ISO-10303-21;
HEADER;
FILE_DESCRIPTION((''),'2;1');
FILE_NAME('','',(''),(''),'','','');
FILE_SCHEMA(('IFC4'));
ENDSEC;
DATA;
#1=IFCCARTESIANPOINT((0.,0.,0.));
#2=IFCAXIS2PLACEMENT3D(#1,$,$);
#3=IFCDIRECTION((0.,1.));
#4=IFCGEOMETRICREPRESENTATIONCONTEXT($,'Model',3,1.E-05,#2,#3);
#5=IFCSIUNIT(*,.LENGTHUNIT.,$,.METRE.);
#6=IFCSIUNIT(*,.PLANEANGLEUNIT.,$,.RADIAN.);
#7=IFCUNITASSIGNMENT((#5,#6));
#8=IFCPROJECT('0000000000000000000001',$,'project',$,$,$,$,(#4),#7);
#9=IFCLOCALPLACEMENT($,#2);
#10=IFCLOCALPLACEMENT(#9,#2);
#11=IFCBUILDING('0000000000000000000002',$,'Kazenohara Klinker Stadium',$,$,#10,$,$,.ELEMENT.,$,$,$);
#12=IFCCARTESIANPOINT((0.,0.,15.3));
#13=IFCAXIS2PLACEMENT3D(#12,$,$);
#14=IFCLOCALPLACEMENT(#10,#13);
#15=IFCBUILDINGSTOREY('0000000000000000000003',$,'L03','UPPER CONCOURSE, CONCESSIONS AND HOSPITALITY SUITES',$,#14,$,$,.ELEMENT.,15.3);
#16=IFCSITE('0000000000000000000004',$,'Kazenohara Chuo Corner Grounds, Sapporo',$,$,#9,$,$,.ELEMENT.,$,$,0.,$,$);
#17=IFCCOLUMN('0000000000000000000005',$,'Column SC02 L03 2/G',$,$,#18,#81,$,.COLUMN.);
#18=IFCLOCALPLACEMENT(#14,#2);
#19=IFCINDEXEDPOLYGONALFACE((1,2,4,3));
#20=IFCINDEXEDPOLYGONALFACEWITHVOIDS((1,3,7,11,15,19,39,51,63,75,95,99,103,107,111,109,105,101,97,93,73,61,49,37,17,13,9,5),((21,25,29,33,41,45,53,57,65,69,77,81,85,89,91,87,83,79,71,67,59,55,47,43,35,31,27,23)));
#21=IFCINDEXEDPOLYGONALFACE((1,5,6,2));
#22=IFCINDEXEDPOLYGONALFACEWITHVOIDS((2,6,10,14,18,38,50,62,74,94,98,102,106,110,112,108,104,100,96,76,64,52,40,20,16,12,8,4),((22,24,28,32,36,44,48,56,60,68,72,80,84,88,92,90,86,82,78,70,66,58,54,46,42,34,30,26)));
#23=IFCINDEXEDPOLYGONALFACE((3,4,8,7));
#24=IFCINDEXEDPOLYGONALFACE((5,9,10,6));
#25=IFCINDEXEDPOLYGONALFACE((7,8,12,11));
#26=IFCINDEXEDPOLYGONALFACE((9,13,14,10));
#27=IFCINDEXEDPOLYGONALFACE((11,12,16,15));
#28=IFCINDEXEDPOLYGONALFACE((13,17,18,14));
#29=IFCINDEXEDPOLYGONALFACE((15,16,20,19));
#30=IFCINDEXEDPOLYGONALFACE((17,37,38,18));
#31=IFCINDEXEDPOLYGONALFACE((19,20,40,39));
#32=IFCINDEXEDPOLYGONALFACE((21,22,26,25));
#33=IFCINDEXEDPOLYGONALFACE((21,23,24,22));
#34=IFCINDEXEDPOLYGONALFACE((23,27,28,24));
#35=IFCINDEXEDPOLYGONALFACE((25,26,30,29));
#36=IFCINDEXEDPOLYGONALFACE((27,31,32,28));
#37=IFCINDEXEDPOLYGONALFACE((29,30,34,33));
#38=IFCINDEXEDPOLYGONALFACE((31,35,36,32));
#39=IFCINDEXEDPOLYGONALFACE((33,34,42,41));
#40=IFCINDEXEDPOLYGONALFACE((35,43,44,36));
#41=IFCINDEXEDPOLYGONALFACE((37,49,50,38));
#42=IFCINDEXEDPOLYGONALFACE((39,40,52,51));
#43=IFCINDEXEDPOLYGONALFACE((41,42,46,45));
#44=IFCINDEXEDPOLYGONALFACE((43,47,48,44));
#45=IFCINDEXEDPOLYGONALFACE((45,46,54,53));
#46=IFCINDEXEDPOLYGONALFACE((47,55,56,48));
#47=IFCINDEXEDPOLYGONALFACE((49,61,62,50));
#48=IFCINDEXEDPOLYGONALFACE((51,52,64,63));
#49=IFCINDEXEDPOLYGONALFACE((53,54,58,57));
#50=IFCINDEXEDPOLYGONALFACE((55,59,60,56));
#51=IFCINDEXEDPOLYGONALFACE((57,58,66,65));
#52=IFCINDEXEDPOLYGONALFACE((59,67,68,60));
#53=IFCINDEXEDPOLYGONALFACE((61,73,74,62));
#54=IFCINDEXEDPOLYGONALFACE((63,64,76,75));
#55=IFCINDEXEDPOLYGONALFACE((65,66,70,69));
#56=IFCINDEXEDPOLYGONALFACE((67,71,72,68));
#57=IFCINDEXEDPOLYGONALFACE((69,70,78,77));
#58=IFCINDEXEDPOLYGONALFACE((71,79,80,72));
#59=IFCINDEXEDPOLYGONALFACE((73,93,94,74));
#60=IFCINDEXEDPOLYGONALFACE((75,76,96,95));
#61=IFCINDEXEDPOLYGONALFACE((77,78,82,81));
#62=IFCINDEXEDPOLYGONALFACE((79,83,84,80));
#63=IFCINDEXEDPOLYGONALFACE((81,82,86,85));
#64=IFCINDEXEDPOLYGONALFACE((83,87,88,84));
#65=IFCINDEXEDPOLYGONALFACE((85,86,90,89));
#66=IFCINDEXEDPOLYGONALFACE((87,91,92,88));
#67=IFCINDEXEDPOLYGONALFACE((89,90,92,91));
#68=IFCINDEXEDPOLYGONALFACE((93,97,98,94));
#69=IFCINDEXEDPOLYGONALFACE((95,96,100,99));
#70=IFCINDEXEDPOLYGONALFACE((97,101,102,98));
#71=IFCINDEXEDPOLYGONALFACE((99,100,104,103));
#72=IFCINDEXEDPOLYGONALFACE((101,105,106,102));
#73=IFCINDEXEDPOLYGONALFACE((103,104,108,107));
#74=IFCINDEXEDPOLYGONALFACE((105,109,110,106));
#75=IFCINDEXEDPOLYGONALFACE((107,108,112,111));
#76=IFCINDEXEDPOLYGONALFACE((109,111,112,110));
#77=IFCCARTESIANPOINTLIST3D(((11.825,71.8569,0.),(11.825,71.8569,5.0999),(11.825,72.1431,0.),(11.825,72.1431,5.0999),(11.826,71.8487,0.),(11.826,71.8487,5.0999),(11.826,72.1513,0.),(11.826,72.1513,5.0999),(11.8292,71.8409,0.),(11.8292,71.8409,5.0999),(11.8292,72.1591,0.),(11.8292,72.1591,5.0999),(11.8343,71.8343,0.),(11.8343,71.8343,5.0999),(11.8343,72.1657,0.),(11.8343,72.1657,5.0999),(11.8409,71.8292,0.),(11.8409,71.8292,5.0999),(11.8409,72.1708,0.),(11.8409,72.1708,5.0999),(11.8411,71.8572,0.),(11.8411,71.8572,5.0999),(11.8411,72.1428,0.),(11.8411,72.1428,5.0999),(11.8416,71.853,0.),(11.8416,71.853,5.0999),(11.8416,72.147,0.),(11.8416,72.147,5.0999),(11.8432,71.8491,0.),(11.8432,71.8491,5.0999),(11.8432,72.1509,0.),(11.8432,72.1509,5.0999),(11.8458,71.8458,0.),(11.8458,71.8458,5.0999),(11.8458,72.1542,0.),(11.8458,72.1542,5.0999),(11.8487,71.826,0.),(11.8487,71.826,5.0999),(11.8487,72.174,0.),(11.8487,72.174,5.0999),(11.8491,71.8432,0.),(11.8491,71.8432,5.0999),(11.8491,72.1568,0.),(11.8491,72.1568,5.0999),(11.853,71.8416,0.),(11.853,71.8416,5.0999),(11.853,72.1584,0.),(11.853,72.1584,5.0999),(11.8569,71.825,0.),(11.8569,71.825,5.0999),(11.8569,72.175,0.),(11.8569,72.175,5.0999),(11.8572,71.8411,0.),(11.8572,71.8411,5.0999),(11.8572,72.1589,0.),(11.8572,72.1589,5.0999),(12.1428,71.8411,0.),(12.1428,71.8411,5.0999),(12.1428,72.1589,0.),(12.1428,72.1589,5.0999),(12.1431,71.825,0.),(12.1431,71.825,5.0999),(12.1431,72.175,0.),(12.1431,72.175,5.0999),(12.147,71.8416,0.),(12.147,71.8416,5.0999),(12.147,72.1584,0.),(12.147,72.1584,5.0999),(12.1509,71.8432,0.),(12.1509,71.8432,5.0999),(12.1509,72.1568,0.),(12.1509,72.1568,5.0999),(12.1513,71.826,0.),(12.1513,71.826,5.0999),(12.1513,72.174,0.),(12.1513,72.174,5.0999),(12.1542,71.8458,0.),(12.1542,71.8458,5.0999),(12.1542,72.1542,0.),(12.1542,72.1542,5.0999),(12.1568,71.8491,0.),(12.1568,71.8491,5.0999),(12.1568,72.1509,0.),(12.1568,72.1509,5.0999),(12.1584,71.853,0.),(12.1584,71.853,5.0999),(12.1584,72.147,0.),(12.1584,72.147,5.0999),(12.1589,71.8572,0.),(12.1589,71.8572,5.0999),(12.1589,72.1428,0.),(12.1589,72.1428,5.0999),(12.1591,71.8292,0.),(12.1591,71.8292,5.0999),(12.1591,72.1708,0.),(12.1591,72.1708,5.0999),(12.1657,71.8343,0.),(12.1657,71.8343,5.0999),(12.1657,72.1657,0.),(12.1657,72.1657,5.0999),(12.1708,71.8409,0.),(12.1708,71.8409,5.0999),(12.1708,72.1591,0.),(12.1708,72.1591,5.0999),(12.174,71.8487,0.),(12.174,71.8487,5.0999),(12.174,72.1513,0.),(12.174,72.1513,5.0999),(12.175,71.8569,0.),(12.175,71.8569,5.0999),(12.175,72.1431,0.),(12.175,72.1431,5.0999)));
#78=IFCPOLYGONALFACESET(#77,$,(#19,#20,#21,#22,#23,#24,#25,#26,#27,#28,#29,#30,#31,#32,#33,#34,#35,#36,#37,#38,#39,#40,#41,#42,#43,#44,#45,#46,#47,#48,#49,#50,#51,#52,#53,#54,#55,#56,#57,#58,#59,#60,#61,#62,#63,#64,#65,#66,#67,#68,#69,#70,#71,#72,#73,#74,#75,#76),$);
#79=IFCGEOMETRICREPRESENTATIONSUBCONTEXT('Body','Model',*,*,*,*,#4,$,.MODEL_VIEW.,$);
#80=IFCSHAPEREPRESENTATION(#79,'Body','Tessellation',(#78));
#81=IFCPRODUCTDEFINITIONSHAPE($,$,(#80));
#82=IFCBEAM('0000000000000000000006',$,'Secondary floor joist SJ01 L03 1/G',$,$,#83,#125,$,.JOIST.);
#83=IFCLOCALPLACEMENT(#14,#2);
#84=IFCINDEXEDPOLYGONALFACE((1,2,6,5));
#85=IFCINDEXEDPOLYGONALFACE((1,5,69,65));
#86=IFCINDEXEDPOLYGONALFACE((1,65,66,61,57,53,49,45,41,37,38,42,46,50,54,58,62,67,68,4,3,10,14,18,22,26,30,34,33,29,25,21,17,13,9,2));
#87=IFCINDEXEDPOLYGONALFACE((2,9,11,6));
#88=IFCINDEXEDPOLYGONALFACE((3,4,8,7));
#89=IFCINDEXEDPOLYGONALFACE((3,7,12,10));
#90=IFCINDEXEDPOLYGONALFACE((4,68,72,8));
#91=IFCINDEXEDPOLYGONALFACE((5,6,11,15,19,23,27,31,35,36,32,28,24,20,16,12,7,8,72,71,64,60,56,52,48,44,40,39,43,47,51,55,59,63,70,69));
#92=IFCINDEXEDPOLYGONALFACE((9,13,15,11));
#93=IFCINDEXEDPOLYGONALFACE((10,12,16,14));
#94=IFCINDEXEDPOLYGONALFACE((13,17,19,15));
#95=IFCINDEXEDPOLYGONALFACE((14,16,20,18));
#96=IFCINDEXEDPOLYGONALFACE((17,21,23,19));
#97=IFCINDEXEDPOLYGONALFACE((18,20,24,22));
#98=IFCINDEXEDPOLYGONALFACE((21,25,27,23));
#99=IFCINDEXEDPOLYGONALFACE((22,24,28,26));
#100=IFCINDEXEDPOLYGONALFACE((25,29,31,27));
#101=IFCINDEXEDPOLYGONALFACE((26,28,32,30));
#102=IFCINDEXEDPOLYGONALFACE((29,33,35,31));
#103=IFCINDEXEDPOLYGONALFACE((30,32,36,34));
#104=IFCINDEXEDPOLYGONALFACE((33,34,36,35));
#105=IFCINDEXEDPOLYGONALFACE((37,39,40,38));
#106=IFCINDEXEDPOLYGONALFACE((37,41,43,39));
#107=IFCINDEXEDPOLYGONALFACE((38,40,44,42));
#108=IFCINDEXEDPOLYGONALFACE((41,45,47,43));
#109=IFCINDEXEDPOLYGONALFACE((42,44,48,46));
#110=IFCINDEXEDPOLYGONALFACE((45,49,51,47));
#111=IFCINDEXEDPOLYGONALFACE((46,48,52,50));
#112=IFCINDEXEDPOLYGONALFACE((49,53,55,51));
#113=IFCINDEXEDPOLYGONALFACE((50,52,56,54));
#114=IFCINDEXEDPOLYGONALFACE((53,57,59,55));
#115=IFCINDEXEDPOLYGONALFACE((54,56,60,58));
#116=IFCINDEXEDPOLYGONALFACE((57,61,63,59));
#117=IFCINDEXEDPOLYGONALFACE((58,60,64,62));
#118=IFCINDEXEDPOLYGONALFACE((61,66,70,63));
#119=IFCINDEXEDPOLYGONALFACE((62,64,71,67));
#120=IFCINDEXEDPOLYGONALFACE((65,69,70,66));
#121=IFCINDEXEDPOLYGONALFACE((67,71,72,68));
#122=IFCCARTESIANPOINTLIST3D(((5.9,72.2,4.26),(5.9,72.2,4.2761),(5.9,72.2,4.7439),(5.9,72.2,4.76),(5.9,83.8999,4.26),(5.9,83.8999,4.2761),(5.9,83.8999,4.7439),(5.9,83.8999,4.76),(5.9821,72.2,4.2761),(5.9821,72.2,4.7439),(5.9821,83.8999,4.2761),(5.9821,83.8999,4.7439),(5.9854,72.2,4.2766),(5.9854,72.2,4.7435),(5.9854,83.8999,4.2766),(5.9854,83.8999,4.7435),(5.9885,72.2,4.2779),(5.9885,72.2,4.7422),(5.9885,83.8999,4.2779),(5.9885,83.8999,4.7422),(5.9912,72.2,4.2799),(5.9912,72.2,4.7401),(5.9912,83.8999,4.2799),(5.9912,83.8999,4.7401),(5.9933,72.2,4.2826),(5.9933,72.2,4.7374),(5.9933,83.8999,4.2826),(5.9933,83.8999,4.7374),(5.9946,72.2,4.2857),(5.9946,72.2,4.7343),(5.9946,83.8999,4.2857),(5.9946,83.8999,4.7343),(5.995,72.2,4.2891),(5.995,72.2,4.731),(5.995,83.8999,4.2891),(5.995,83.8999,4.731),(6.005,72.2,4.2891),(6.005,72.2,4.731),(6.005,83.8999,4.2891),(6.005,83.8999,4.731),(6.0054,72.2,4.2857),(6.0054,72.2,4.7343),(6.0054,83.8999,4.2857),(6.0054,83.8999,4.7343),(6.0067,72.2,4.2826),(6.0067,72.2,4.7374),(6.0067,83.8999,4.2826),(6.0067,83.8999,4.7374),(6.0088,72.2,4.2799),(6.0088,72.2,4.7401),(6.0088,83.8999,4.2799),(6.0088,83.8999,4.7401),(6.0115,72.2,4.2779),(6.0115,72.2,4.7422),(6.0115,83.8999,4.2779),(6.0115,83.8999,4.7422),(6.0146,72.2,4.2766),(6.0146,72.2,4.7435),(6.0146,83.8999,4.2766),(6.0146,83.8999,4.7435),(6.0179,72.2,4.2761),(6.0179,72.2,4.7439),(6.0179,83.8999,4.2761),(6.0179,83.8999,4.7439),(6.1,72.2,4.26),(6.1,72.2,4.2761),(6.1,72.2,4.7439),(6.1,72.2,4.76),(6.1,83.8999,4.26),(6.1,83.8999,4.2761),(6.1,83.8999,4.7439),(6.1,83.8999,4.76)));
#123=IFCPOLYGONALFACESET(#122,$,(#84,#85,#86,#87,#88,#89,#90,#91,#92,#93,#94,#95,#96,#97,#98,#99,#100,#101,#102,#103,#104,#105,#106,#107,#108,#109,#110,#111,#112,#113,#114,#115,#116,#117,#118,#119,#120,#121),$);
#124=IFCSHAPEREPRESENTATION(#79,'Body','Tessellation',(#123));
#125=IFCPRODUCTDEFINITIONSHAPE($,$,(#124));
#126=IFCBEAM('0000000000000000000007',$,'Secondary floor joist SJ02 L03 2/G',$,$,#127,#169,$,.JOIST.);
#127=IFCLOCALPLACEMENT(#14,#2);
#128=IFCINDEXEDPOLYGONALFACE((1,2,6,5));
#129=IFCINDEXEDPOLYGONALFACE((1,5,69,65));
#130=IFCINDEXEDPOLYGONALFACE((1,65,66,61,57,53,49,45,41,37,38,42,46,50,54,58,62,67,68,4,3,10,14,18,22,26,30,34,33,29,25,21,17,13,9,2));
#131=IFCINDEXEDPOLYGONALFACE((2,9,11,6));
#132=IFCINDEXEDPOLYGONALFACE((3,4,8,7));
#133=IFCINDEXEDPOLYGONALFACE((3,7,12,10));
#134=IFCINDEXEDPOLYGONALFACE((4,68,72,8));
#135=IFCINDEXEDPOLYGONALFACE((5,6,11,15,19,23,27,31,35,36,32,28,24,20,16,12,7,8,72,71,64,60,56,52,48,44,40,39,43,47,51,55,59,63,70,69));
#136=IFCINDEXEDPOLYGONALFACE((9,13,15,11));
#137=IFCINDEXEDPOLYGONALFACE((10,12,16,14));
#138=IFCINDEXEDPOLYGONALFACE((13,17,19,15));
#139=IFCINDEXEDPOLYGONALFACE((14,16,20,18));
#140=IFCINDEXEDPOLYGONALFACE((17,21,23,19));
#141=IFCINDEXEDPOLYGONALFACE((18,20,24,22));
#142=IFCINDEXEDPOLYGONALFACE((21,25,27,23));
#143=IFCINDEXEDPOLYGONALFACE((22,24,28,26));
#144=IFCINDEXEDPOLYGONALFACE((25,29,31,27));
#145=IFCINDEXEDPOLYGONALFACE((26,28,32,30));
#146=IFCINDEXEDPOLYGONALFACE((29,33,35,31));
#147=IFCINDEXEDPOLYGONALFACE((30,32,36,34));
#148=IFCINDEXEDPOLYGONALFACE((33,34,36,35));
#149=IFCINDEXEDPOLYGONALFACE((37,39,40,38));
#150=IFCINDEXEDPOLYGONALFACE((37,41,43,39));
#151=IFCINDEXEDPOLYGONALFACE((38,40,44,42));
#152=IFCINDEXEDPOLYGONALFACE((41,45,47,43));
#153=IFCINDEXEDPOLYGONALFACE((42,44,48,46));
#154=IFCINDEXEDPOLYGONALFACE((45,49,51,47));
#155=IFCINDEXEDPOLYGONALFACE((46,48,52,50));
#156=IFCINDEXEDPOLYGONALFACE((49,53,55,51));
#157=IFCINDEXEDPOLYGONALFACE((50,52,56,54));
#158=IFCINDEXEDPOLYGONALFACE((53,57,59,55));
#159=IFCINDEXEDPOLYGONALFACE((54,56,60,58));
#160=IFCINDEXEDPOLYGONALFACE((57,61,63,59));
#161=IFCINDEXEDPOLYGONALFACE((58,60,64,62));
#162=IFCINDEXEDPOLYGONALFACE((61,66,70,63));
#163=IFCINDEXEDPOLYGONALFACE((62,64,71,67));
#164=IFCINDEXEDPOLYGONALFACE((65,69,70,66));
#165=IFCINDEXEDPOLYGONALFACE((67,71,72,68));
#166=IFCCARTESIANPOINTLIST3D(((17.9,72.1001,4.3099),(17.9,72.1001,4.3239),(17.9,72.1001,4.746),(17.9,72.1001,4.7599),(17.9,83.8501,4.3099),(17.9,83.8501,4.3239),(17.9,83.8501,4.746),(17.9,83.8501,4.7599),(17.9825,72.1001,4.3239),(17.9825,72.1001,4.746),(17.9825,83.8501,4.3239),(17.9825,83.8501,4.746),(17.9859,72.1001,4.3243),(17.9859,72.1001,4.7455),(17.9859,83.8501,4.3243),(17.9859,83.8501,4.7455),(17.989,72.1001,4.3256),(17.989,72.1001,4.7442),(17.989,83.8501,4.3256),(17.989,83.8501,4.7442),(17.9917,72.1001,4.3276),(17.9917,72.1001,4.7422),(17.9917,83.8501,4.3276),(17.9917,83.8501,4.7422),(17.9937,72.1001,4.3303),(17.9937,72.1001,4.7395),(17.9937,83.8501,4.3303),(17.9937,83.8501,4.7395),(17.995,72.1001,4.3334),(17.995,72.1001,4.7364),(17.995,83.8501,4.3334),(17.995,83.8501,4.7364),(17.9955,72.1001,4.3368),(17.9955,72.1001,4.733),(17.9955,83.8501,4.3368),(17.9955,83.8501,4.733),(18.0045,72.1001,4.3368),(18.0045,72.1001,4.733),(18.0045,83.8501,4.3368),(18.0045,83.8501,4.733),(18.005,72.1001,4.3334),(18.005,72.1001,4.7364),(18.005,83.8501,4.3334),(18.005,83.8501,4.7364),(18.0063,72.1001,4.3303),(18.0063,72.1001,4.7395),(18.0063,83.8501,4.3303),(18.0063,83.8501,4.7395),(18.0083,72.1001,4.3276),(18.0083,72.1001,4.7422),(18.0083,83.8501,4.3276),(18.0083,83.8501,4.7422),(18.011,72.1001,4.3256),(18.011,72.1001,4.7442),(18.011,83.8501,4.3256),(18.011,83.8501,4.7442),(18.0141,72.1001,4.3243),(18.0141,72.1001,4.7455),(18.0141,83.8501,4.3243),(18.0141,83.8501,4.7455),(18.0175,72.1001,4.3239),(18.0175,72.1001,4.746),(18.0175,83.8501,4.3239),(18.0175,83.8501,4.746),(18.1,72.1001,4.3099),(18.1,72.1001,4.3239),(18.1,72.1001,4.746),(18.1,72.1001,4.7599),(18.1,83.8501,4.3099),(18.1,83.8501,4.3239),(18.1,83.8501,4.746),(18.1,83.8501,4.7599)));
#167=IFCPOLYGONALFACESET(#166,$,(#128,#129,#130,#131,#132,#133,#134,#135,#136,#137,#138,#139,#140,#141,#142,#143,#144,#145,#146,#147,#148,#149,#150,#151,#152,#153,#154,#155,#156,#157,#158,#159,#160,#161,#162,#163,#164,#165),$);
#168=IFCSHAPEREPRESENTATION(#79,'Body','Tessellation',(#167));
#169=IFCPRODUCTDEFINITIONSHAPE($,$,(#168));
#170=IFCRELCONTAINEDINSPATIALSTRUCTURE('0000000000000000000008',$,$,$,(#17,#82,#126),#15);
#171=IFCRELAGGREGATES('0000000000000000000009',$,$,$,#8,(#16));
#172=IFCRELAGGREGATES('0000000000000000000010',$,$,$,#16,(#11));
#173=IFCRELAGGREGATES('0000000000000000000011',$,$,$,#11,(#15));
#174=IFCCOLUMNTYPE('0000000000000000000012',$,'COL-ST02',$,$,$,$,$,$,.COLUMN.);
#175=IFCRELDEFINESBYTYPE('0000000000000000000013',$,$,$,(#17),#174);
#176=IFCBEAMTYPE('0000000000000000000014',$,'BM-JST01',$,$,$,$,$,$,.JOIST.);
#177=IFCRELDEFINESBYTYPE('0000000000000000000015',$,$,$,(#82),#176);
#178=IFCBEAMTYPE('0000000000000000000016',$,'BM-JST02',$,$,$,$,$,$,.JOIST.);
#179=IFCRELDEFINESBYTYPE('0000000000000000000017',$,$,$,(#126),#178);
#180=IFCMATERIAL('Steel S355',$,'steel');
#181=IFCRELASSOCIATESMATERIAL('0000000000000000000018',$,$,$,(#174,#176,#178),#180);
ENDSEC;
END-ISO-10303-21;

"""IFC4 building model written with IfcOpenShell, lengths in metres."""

from ifc_helpers import new_model, si_unit, direction, frame, origin, origin_2d, place, context, subcontext, project, spatial, hollow_rectangle, i_section, extrude, material, material_profile, profile_set, type_object, element, save


model = new_model("IFC4")

# Units and contexts
model_context = context("Model", 3, precision=1e-05, world=origin(), true_north=direction((0.0, 1.0)))
body_context = subcontext(model_context, "Body", "Model", "MODEL_VIEW")
ifc_project = project(units=[si_unit("LENGTHUNIT", "METRE"), si_unit("PLANEANGLEUNIT", "RADIAN")], contexts=[model_context])

# Site, building, storey
site_placement = place(None, origin())
site = spatial("IfcSite", under=ifc_project, at=site_placement, Name="Kazenohara Chuo Corner Grounds, Sapporo", CompositionType="ELEMENT", RefElevation=0.0)
building_placement = place(site_placement, origin())
building = spatial("IfcBuilding", under=site, at=building_placement, Name="Kazenohara Klinker Stadium", CompositionType="ELEMENT")
storey_placement = place(building_placement, frame((0.0, 0.0, 15.3)))
storey = spatial("IfcBuildingStorey", under=building, at=storey_placement, Name="L03", Description="UPPER CONCOURSE, CONCESSIONS AND HOSPITALITY SUITES", CompositionType="ELEMENT", Elevation=15.3)

# Column
ifc_material_1 = material(Name="Steel S355", Category="steel")
ifc_material_profile_1 = material_profile(ifc_material_1, hollow_rectangle(XDim=0.3501, YDim=0.3501, WallThickness=0.0161, InnerFilletRadius=0.0161, OuterFilletRadius=0.032, at=origin_2d()), Name="SHS-350x350x16")
ifc_profile_set_1 = profile_set([ifc_material_profile_1], Name="Steel S355")
column_type = type_object("IfcColumnType", Name="COL-ST02", PredefinedType="COLUMN", material=ifc_profile_set_1)
column_placement = place(storey_placement, frame((12.0, 72.0, 0.0), z_axis=(0.0, 0.0, 1.0), x_axis=(1.0, 0.0, 0.0)))
element("IfcColumn", 1, at=column_placement, inside=storey, type_object=column_type, Name="Column SC02 L03 2/G", PredefinedType="COLUMN", context=body_context, shape_type="SweptSolid", body=[
    extrude(hollow_rectangle(XDim=0.3501, YDim=0.3501, WallThickness=0.0161, InnerFilletRadius=0.0161, OuterFilletRadius=0.032, at=origin_2d()), origin(), (0.0, 0.0, 1.0), 5.0999),
])

# Beams
ifc_material_profile_2 = material_profile(ifc_material_1, i_section(OverallWidth=0.2, OverallDepth=0.5, WebThickness=0.01, FlangeThickness=0.0161, FilletRadius=0.0129, at=origin_2d()), Name="H-500x200x10x16")
ifc_profile_set_2 = profile_set([ifc_material_profile_2], Name="Steel S355")
beam_type_1 = type_object("IfcBeamType", Name="BM-JST01", PredefinedType="JOIST", material=ifc_profile_set_2)
beam_1_placement = place(storey_placement, frame((6.0, 72.2, 4.51), z_axis=(0.0, 1.0, 0.0), x_axis=(-1.0, 0.0, 0.0)))
element("IfcBeam", 2, at=beam_1_placement, inside=storey, type_object=beam_type_1, Name="Secondary floor joist SJ01 L03 1/G", PredefinedType="JOIST", context=body_context, shape_type="SweptSolid", body=[
    extrude(i_section(OverallWidth=0.2, OverallDepth=0.5, WebThickness=0.01, FlangeThickness=0.0161, FilletRadius=0.0129, at=origin_2d()), origin(), (0.0, 0.0, 1.0), 11.7),
])
ifc_material_profile_3 = material_profile(ifc_material_1, i_section(OverallWidth=0.2, OverallDepth=0.45, WebThickness=0.009, FlangeThickness=0.0139, FilletRadius=0.0129, at=origin_2d()), Name="H-450x200x9x14")
ifc_profile_set_3 = profile_set([ifc_material_profile_3], Name="Steel S355")
beam_type_2 = type_object("IfcBeamType", Name="BM-JST02", PredefinedType="JOIST", material=ifc_profile_set_3)
beam_2_placement = place(storey_placement, frame((18.0, 72.1001, 4.5349), z_axis=(0.0, 1.0, 0.0), x_axis=(-1.0, 0.0, 0.0)))
element("IfcBeam", 3, at=beam_2_placement, inside=storey, type_object=beam_type_2, Name="Secondary floor joist SJ02 L03 2/G", PredefinedType="JOIST", context=body_context, shape_type="SweptSolid", body=[
    extrude(i_section(OverallWidth=0.2, OverallDepth=0.45, WebThickness=0.009, FlangeThickness=0.0139, FilletRadius=0.0129, at=origin_2d()), origin(), (0.0, 0.0, 1.0), 11.75),
])

save(model, "model.ifc")
